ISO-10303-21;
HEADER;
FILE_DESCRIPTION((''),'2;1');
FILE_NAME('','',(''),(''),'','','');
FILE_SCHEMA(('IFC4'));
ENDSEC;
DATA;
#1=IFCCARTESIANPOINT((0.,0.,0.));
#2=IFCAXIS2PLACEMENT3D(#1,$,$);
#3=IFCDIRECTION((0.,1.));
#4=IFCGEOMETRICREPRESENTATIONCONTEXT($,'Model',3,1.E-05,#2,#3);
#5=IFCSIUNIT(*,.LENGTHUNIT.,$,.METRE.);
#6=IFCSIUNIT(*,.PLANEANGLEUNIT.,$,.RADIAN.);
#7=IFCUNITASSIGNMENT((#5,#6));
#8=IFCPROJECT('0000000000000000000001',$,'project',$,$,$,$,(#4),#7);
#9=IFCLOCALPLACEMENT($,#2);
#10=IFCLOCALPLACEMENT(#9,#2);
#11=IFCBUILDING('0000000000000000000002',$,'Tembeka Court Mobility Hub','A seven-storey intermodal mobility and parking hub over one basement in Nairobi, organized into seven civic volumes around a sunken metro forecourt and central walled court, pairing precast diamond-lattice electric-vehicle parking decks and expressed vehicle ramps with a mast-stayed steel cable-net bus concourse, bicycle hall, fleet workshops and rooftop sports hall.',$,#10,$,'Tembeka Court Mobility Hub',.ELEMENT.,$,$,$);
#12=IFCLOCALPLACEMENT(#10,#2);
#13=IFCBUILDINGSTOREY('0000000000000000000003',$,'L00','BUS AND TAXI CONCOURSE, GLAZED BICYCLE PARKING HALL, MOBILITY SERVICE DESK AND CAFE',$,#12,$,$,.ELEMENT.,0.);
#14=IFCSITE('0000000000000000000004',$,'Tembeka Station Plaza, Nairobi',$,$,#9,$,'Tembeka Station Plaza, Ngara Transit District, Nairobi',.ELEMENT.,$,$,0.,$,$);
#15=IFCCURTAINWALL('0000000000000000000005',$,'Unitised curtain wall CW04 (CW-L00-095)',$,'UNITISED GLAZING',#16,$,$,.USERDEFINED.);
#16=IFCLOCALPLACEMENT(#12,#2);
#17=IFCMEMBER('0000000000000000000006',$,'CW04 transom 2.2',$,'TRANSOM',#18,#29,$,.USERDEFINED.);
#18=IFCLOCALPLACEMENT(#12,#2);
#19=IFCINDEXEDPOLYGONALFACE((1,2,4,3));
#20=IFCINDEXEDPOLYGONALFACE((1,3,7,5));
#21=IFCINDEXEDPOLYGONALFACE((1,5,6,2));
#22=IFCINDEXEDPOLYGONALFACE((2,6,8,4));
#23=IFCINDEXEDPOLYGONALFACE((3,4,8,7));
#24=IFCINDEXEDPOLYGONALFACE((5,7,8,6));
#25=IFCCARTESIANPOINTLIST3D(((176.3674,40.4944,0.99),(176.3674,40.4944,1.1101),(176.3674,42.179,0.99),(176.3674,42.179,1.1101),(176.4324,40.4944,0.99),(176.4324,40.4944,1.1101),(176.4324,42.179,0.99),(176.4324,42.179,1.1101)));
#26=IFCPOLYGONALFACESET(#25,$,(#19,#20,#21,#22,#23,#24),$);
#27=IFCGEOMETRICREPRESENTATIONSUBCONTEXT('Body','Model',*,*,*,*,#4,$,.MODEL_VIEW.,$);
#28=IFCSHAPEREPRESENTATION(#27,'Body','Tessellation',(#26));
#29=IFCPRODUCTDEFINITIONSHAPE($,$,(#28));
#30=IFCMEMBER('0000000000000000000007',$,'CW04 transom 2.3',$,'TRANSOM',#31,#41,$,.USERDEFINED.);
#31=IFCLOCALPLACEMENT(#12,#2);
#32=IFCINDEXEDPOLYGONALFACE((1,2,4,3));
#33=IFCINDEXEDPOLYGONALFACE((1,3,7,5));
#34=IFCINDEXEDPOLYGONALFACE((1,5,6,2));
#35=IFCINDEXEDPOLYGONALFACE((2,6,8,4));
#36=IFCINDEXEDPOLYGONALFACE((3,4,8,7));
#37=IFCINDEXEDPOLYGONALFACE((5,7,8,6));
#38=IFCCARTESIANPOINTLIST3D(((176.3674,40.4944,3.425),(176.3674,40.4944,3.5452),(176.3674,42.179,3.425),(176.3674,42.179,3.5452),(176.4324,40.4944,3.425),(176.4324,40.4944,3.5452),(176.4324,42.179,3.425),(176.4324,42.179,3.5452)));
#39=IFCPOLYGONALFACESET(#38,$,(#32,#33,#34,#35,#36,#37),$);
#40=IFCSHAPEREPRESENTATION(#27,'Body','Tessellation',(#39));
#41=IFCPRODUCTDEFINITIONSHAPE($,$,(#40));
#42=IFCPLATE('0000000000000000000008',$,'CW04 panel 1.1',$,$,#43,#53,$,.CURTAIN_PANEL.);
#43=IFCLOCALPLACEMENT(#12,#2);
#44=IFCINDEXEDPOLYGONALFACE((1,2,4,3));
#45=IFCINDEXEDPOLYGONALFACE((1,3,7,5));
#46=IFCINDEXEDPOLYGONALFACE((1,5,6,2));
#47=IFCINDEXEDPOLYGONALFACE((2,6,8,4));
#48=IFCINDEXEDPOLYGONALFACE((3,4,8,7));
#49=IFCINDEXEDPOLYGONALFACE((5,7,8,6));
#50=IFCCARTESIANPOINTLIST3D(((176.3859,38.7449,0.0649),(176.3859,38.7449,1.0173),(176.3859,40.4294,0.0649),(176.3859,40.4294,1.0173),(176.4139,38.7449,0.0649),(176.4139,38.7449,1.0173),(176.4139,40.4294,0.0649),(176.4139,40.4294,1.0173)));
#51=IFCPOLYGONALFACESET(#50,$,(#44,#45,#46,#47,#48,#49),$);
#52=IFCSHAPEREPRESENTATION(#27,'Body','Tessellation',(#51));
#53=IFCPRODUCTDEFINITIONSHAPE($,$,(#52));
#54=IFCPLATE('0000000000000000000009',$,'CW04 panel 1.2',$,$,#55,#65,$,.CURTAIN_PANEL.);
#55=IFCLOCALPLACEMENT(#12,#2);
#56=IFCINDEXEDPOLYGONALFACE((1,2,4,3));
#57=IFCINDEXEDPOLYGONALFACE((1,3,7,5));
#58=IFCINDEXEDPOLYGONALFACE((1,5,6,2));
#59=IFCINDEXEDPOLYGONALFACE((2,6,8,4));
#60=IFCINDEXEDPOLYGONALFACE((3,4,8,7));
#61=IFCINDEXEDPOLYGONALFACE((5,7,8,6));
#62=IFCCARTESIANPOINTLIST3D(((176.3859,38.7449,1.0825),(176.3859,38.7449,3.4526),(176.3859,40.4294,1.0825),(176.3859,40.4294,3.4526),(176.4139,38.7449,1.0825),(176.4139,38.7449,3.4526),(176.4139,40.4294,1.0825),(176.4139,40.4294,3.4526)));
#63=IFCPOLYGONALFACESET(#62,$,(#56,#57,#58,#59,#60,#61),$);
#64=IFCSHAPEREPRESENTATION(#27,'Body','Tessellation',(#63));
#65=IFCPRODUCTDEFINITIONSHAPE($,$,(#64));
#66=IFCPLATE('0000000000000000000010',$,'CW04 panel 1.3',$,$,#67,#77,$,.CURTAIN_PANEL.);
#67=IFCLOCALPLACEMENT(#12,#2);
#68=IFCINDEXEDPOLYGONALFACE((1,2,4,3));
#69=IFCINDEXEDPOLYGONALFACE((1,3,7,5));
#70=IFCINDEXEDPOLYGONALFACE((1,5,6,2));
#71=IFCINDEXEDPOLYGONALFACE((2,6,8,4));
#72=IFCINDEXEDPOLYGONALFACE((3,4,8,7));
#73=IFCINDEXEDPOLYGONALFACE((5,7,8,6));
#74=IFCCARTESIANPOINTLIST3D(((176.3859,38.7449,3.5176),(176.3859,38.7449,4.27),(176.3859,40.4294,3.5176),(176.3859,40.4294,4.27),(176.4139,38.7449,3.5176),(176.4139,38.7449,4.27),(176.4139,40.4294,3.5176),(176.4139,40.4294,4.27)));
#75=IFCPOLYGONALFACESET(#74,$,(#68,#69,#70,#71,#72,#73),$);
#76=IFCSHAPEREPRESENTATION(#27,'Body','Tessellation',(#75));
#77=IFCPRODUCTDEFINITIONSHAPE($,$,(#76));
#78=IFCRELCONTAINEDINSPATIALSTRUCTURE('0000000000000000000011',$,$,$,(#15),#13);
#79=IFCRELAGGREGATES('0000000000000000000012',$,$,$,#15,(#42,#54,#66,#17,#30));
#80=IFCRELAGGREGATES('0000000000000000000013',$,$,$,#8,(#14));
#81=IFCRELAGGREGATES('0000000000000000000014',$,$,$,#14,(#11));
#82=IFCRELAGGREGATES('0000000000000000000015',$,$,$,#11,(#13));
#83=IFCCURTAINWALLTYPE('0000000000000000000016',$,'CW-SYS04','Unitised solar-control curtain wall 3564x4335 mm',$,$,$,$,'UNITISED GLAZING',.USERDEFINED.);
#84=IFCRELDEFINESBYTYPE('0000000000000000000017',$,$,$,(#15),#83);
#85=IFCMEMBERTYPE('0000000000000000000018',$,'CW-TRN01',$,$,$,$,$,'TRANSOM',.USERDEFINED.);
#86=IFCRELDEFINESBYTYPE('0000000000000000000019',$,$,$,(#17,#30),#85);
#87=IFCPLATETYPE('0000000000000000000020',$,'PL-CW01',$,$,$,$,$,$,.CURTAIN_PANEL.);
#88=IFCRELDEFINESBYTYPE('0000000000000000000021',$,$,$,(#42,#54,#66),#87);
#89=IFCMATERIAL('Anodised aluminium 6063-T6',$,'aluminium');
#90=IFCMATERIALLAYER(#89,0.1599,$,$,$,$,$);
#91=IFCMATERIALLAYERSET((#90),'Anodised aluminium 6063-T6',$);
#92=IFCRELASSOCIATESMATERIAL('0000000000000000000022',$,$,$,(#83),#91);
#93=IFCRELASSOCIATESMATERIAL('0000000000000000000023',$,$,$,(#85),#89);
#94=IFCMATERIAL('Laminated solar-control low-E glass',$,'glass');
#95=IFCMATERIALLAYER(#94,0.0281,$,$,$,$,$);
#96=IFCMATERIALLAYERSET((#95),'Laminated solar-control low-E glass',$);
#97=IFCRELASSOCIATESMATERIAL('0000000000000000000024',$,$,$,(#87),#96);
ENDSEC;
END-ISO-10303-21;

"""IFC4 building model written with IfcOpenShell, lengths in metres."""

from ifc_helpers import new_model, si_unit, direction, frame, origin, origin_2d, place, context, subcontext, project, spatial, rectangle, extrude, material, layer, layer_set, material_profile, profile_set, type_object, element, aggregate, save


model = new_model("IFC4")

# Units and contexts
model_context = context("Model", 3, precision=1e-05, world=origin(), true_north=direction((0.0, 1.0)))
body_context = subcontext(model_context, "Body", "Model", "MODEL_VIEW")
ifc_project = project(units=[si_unit("LENGTHUNIT", "METRE"), si_unit("PLANEANGLEUNIT", "RADIAN")], contexts=[model_context])

# Site, building, storey
site_placement = place(None, origin())
site = spatial("IfcSite", under=ifc_project, at=site_placement, Name="Tembeka Station Plaza, Nairobi", LongName="Tembeka Station Plaza, Ngara Transit District, Nairobi", CompositionType="ELEMENT", RefElevation=0.0)
building_placement = place(site_placement, origin())
building = spatial("IfcBuilding", under=site, at=building_placement, Name="Tembeka Court Mobility Hub", Description="A seven-storey intermodal mobility and parking hub over one basement in Nairobi, organized into seven civic volumes around a sunken metro forecourt and central walled court, pairing precast diamond-lattice electric-vehicle parking decks and expressed vehicle ramps with a mast-stayed steel cable-net bus concourse, bicycle hall, fleet workshops and rooftop sports hall.", LongName="Tembeka Court Mobility Hub", CompositionType="ELEMENT")
storey_placement = place(building_placement, origin())
storey = spatial("IfcBuildingStorey", under=building, at=storey_placement, Name="L00", Description="BUS AND TAXI CONCOURSE, GLAZED BICYCLE PARKING HALL, MOBILITY SERVICE DESK AND CAFE", CompositionType="ELEMENT", Elevation=0.0)

# Curtain wall, members, plates
ifc_material_1 = material(Name="Anodised aluminium 6063-T6", Category="aluminium")
ifc_layer_1 = layer(ifc_material_1, 0.1599)
ifc_layer_set_1 = layer_set([ifc_layer_1], Name="Anodised aluminium 6063-T6")
curtain_wall_type = type_object("IfcCurtainWallType", Name="CW-SYS04", Description="Unitised solar-control curtain wall 3564x4335 mm", ElementType="UNITISED GLAZING", PredefinedType="USERDEFINED", material=ifc_layer_set_1)
curtain_wall_placement = place(storey_placement, origin())
curtain_wall = element("IfcCurtainWall", 1, at=curtain_wall_placement, inside=storey, type_object=curtain_wall_type, Name="Unitised curtain wall CW04 (CW-L00-095)", ObjectType="UNITISED GLAZING", PredefinedType="USERDEFINED")
ifc_material_profile_1 = material_profile(ifc_material_1, rectangle(XDim=0.0649, YDim=0.1201, at=origin_2d()), Name="ALU-TRN 65x120")
ifc_profile_set_1 = profile_set([ifc_material_profile_1], Name="Anodised aluminium 6063-T6")
member_type_1 = type_object("IfcMemberType", Name="CW-TRN01", ElementType="TRANSOM", PredefinedType="USERDEFINED", material=ifc_profile_set_1)
member_1_placement = place(storey_placement, frame((176.3999, 40.4944, 1.05), z_axis=(0.0, 1.0, 0.0), x_axis=(-1.0, 0.0, 0.0)))
member_1 = element("IfcMember", 2, at=member_1_placement, type_object=member_type_1, Name="CW04 transom 2.2", ObjectType="TRANSOM", PredefinedType="USERDEFINED", context=body_context, shape_type="SweptSolid", body=[
    extrude(rectangle(XDim=0.0649, YDim=0.1201, at=origin_2d()), origin(), (0.0, 0.0, 1.0), 1.6846),
])
member_2_placement = place(storey_placement, frame((176.3999, 40.4944, 3.4851), z_axis=(0.0, 1.0, 0.0), x_axis=(-1.0, 0.0, 0.0)))
member_2 = element("IfcMember", 3, at=member_2_placement, type_object=member_type_1, Name="CW04 transom 2.3", ObjectType="TRANSOM", PredefinedType="USERDEFINED", context=body_context, shape_type="SweptSolid", body=[
    extrude(rectangle(XDim=0.0649, YDim=0.1201, at=origin_2d()), origin(), (0.0, 0.0, 1.0), 1.6846),
])
ifc_material_2 = material(Name="Laminated solar-control low-E glass", Category="glass")
ifc_layer_2 = layer(ifc_material_2, 0.0281)
ifc_layer_set_2 = layer_set([ifc_layer_2], Name="Laminated solar-control low-E glass")
plate_type = type_object("IfcPlateType", Name="PL-CW01", PredefinedType="CURTAIN_PANEL", material=ifc_layer_set_2)
plate_1_placement = place(storey_placement, frame((176.3999, 39.5872, 0.0649), z_axis=(0.0, 0.0, 1.0), x_axis=(0.0, 1.0, 0.0)))
plate_1 = element("IfcPlate", 4, at=plate_1_placement, type_object=plate_type, Name="CW04 panel 1.1", PredefinedType="CURTAIN_PANEL", context=body_context, shape_type="SweptSolid", body=[
    extrude(rectangle(XDim=1.6846, YDim=0.0281, at=origin_2d()), origin(), (0.0, 0.0, 1.0), 0.9524),
])
plate_2_placement = place(storey_placement, frame((176.3999, 39.5872, 1.0825), z_axis=(0.0, 0.0, 1.0), x_axis=(0.0, 1.0, 0.0)))
plate_2 = element("IfcPlate", 5, at=plate_2_placement, type_object=plate_type, Name="CW04 panel 1.2", PredefinedType="CURTAIN_PANEL", context=body_context, shape_type="SweptSolid", body=[
    extrude(rectangle(XDim=1.6846, YDim=0.0281, at=origin_2d()), origin(), (0.0, 0.0, 1.0), 2.3701),
])
plate_3_placement = place(storey_placement, frame((176.3999, 39.5872, 3.5176), z_axis=(0.0, 0.0, 1.0), x_axis=(0.0, 1.0, 0.0)))
plate_3 = element("IfcPlate", 6, at=plate_3_placement, type_object=plate_type, Name="CW04 panel 1.3", PredefinedType="CURTAIN_PANEL", context=body_context, shape_type="SweptSolid", body=[
    extrude(rectangle(XDim=1.6846, YDim=0.0281, at=origin_2d()), origin(), (0.0, 0.0, 1.0), 0.7524),
])
aggregate(curtain_wall, [plate_1, plate_2, plate_3, member_1, member_2])

save(model, "model.ifc")
